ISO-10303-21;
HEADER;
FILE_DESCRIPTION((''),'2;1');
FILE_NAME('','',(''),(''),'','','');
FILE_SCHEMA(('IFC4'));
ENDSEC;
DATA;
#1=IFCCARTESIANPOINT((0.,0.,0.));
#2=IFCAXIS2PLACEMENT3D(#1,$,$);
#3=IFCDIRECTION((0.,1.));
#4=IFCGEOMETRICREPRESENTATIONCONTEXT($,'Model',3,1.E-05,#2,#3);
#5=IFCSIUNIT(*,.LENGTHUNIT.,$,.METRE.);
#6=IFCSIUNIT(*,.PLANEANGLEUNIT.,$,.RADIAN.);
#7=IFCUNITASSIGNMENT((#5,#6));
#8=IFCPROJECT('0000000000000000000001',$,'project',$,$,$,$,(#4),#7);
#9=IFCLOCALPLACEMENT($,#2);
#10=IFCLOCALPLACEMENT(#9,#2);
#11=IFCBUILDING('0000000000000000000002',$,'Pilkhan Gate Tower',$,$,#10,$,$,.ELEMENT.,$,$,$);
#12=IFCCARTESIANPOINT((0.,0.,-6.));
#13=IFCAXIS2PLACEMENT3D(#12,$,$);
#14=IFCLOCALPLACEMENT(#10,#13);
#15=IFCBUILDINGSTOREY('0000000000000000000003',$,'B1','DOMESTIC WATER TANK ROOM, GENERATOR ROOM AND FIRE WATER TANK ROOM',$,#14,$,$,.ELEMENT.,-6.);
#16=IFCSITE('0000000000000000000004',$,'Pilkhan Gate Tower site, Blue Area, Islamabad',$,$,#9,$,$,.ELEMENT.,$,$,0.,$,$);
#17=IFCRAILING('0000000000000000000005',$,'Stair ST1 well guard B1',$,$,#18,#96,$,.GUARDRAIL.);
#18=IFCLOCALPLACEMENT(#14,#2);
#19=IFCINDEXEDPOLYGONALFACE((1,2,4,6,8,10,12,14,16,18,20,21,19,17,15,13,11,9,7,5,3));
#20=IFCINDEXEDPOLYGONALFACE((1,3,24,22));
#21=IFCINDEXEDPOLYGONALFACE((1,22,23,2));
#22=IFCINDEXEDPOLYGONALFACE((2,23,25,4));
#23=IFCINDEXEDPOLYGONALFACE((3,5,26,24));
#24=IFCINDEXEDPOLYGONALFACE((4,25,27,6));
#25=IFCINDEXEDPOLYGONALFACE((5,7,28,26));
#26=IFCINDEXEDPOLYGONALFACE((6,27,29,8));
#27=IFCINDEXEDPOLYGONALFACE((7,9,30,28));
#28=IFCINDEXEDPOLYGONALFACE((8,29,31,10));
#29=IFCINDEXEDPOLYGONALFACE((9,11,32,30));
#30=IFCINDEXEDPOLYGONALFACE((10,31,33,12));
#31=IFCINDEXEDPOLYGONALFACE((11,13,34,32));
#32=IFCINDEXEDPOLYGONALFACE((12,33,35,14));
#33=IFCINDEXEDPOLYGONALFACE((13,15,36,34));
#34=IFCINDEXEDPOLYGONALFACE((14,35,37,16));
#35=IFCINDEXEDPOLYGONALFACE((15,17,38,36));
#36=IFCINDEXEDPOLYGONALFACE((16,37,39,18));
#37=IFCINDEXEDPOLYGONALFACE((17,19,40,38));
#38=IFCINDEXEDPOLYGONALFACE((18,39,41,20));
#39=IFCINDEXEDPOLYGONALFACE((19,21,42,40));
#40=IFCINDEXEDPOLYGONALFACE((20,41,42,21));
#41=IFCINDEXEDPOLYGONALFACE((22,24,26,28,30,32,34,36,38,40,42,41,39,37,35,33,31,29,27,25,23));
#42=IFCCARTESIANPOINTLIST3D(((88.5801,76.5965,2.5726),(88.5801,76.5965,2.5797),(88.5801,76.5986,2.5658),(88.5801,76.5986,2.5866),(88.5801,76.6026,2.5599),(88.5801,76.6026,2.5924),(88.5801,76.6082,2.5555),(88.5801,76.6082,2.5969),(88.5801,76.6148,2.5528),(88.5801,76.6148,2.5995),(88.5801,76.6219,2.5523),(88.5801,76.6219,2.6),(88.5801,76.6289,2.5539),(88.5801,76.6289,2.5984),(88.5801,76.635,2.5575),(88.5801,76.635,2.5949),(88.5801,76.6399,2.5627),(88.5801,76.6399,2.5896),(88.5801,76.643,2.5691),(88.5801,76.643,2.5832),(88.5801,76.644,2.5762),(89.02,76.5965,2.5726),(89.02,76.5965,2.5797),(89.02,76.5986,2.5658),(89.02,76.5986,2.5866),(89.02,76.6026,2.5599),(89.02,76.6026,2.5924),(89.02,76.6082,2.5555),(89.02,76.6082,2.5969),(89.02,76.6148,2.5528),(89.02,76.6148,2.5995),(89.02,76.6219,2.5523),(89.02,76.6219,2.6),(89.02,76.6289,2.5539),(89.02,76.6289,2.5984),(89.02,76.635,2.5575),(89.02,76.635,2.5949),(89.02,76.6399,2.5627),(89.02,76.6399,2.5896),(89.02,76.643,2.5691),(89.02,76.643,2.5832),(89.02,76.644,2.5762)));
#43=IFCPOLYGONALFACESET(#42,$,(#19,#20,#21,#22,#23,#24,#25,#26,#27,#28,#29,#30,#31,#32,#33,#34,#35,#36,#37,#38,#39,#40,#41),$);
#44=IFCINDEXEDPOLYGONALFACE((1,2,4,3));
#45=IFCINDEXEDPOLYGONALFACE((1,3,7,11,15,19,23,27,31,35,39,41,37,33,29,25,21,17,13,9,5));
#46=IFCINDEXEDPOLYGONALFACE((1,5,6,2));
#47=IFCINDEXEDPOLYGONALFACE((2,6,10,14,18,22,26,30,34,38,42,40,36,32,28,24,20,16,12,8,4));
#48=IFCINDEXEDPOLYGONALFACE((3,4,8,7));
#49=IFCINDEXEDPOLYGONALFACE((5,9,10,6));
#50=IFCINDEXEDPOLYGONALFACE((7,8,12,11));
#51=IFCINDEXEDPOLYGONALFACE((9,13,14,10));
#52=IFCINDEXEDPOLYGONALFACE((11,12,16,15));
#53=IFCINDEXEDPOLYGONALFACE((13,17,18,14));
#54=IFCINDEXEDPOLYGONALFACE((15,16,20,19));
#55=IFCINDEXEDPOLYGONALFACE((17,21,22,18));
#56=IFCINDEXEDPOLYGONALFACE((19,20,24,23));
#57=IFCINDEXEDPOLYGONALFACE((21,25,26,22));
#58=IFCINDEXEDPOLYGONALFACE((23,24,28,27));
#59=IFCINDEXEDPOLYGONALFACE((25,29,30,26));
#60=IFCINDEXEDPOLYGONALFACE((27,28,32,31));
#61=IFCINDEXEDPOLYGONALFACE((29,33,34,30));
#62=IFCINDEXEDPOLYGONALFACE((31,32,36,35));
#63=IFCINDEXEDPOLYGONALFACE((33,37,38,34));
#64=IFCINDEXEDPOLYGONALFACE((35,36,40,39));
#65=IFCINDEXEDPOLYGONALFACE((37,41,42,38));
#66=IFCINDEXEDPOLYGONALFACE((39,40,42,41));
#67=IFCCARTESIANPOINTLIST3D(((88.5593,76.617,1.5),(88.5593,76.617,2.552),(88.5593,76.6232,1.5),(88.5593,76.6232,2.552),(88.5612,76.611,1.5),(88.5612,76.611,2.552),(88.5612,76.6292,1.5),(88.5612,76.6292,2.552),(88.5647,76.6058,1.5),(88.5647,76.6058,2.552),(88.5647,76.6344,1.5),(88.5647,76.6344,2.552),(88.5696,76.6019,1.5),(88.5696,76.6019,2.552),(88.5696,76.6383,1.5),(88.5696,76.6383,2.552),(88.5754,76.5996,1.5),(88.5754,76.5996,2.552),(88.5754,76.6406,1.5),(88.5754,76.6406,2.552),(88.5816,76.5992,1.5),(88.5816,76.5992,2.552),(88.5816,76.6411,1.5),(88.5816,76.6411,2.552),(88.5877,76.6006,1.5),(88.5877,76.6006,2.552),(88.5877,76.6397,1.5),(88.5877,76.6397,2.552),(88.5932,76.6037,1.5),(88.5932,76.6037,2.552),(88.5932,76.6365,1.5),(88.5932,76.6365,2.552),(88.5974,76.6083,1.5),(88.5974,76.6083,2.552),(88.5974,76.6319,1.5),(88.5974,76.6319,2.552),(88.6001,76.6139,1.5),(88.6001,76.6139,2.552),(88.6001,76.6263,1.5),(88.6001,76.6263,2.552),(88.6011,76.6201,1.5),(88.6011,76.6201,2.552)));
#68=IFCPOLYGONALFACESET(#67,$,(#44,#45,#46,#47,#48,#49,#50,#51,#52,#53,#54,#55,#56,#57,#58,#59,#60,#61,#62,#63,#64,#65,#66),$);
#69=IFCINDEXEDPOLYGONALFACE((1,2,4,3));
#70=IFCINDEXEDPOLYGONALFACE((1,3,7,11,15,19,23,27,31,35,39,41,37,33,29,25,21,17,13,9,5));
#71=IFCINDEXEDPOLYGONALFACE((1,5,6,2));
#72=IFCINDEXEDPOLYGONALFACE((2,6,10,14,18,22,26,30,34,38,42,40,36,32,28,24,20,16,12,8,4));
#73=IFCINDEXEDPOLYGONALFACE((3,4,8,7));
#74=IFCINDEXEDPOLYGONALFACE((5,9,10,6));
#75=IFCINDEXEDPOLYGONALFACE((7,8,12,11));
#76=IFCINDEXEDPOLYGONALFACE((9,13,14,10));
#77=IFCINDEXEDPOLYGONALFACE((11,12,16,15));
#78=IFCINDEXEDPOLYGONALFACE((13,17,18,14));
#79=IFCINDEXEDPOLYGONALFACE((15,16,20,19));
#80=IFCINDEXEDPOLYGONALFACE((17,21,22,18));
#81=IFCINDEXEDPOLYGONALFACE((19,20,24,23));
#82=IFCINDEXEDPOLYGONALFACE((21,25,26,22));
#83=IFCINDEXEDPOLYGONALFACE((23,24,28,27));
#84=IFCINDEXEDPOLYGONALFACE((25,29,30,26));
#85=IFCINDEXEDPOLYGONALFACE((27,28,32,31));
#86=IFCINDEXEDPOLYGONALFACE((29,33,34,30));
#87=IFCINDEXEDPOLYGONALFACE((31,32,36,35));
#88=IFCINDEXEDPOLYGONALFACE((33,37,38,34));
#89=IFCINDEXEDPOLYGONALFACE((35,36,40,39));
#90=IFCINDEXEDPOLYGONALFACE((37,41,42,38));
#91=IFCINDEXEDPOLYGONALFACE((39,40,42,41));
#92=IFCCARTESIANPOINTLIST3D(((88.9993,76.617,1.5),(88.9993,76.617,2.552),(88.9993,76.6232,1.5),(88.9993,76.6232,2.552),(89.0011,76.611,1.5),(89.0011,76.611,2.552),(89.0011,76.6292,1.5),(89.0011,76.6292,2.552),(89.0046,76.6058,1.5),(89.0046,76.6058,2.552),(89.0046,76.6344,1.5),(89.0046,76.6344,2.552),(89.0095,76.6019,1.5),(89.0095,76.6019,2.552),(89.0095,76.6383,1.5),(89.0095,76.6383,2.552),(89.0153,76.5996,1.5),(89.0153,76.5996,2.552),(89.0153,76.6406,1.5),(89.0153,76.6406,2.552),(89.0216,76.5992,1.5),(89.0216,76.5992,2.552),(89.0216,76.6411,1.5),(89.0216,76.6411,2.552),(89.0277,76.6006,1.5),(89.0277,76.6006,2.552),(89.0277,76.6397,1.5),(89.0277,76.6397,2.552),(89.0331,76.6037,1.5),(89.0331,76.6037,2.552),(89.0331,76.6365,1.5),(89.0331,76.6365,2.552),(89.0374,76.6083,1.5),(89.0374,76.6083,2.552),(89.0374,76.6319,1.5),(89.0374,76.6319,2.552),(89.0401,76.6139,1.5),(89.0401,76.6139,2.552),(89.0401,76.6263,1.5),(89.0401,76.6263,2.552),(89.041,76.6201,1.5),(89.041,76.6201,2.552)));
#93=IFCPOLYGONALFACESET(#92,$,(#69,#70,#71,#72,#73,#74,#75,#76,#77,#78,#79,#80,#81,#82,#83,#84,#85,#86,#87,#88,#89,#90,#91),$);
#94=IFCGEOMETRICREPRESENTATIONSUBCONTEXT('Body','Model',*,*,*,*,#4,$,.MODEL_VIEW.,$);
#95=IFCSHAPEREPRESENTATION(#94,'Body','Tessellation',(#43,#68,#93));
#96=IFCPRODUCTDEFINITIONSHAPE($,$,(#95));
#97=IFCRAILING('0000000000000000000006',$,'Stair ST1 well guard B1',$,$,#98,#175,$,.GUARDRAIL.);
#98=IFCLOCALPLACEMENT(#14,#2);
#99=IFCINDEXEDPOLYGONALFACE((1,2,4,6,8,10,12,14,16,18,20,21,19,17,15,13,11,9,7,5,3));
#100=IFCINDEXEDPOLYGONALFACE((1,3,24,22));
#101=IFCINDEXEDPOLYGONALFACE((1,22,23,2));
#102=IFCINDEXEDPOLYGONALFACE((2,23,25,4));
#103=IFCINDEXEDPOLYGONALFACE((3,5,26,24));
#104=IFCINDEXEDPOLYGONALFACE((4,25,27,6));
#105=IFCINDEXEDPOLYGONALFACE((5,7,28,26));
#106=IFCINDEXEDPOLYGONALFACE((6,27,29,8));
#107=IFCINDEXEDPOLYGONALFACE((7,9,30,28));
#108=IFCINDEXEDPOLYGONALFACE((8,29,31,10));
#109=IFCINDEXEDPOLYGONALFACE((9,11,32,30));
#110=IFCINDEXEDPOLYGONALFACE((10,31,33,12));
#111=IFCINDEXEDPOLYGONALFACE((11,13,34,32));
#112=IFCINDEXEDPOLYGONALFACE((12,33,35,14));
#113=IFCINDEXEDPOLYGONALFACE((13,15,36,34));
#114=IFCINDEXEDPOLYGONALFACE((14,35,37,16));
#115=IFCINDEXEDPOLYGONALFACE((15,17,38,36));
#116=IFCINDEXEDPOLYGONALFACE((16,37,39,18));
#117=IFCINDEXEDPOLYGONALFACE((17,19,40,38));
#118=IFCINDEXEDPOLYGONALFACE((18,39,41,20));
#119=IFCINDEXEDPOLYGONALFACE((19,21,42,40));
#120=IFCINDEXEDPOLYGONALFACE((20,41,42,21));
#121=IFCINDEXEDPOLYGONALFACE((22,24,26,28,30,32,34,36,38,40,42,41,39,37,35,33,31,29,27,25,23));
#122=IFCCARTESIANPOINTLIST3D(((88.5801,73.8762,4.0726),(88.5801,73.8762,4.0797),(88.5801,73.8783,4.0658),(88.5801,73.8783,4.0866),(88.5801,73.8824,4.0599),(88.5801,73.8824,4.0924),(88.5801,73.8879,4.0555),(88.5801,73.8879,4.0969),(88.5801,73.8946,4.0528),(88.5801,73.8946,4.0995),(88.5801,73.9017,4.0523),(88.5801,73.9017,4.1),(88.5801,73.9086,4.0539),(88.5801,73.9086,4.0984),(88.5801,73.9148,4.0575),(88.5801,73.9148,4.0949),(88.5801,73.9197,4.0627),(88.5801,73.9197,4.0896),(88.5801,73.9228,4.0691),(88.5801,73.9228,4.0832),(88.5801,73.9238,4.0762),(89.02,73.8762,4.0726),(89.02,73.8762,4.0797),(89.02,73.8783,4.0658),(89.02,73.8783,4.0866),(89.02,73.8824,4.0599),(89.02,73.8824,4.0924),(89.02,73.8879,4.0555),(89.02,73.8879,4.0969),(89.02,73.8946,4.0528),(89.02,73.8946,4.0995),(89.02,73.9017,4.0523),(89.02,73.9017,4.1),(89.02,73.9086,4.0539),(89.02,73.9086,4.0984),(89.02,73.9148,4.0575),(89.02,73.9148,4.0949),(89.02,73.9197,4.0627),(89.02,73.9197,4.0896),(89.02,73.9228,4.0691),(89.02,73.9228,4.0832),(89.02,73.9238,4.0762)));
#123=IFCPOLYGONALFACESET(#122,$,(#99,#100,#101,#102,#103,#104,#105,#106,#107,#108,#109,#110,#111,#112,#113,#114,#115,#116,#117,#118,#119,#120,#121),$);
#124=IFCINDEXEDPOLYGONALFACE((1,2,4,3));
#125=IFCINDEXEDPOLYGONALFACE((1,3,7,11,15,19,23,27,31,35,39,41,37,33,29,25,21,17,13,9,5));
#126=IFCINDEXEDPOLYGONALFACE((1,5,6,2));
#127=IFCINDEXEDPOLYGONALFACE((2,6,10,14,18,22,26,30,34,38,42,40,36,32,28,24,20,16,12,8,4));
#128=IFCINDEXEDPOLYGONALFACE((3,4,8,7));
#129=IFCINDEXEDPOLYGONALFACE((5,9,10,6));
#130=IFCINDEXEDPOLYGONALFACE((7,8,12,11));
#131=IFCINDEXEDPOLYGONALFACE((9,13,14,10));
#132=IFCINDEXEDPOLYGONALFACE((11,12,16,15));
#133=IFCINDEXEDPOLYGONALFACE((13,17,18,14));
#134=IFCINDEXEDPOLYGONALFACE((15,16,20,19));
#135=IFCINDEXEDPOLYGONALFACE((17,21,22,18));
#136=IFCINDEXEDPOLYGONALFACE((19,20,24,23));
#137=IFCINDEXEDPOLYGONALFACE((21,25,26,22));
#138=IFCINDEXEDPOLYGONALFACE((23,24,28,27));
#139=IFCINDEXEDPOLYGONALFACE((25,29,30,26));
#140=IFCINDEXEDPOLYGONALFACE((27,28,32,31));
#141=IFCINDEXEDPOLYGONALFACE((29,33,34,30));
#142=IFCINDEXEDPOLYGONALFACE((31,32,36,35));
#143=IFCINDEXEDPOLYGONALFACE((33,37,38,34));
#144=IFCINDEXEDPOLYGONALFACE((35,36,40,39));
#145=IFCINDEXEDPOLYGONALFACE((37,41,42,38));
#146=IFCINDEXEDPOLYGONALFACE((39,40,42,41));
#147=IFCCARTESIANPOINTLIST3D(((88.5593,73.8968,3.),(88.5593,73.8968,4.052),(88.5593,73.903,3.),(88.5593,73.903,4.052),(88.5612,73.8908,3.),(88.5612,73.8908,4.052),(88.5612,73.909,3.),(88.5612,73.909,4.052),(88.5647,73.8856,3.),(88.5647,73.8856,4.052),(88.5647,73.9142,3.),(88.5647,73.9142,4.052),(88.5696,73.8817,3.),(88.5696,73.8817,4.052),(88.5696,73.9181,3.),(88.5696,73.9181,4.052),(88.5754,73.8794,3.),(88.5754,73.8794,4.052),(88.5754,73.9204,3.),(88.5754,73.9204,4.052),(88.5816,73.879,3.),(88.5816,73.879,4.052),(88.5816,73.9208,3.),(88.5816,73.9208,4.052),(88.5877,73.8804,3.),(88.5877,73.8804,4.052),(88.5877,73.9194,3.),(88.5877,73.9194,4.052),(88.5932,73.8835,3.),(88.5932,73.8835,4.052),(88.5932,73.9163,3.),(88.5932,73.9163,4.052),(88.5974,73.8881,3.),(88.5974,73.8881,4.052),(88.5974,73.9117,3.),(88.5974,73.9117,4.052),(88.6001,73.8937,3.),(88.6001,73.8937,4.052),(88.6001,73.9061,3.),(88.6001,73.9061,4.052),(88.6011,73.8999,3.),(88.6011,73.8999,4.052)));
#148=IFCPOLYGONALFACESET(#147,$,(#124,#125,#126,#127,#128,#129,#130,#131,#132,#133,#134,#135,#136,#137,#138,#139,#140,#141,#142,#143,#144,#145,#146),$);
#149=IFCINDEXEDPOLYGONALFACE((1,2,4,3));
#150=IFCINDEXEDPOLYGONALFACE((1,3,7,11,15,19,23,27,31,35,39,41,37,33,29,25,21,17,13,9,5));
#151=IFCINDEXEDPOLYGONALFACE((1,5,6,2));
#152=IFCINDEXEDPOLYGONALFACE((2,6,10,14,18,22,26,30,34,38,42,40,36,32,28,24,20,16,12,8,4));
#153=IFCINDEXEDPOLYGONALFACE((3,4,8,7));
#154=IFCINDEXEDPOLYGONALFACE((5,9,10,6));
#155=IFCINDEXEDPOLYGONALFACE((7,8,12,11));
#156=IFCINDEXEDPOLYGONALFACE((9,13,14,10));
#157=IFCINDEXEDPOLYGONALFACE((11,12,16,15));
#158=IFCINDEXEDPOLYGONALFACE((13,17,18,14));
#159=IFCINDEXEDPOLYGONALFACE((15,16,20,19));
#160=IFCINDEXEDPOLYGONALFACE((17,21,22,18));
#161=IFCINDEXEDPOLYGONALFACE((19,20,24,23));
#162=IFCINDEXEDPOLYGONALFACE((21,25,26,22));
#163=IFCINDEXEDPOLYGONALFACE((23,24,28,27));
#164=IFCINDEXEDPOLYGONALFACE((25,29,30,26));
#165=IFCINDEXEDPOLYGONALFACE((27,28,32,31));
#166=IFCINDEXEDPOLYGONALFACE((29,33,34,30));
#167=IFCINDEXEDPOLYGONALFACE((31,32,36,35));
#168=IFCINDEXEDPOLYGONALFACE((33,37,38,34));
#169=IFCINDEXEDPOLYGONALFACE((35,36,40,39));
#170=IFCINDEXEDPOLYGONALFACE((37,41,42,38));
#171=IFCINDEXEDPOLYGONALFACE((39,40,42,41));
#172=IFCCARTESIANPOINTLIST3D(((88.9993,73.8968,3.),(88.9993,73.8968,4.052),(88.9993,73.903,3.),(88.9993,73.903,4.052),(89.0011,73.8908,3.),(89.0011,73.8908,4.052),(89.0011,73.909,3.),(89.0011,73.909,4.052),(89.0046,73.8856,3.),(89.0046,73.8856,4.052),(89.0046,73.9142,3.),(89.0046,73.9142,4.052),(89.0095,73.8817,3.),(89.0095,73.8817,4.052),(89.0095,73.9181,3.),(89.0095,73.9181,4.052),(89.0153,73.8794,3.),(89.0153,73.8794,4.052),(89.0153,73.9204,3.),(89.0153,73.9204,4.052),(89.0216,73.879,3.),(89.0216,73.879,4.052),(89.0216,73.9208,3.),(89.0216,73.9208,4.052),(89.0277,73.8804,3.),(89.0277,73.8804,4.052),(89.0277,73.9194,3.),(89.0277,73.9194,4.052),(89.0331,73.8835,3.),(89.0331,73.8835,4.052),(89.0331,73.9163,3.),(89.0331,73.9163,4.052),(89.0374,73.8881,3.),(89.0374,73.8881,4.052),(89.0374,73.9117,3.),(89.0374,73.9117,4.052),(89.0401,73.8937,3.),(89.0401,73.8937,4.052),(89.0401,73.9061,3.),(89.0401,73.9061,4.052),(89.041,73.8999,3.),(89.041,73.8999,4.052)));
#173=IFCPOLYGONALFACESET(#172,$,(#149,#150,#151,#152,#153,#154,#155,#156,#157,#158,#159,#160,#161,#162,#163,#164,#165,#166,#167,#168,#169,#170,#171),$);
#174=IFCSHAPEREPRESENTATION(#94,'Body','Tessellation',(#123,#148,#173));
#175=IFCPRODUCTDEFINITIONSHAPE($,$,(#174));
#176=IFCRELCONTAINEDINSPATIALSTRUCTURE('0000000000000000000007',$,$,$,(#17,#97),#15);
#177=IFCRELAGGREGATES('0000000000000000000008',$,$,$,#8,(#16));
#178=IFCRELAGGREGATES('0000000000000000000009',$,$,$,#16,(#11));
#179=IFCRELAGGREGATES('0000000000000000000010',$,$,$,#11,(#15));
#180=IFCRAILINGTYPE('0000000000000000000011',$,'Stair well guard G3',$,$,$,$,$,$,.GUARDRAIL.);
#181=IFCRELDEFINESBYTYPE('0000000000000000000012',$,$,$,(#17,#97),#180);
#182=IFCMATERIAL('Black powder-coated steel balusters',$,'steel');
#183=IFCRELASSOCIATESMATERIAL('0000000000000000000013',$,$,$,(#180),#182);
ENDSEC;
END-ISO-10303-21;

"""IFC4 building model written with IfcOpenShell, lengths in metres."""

from ifc_helpers import new_model, si_unit, direction, frame, origin, origin_2d, place, context, subcontext, project, spatial, circle, extrude, material, type_object, element, save


model = new_model("IFC4")

# Units and contexts
model_context = context("Model", 3, precision=1e-05, world=origin(), true_north=direction((0.0, 1.0)))
body_context = subcontext(model_context, "Body", "Model", "MODEL_VIEW")
ifc_project = project(units=[si_unit("LENGTHUNIT", "METRE"), si_unit("PLANEANGLEUNIT", "RADIAN")], contexts=[model_context])

# Site, building, storey
site_placement = place(None, origin())
site = spatial("IfcSite", under=ifc_project, at=site_placement, Name="Pilkhan Gate Tower site, Blue Area, Islamabad", CompositionType="ELEMENT", RefElevation=0.0)
building_placement = place(site_placement, origin())
building = spatial("IfcBuilding", under=site, at=building_placement, Name="Pilkhan Gate Tower", CompositionType="ELEMENT")
storey_placement = place(building_placement, frame((0.0, 0.0, -6.0)))
storey = spatial("IfcBuildingStorey", under=building, at=storey_placement, Name="B1", Description="DOMESTIC WATER TANK ROOM, GENERATOR ROOM AND FIRE WATER TANK ROOM", CompositionType="ELEMENT", Elevation=-6.0)

# Railings
ifc_material_1 = material(Name="Black powder-coated steel balusters", Category="steel")
railing_type_1 = type_object("IfcRailingType", Name="Stair well guard G3", PredefinedType="GUARDRAIL", material=ifc_material_1)
for number, where, name in (
    (1, (88.5801, 76.6201, 1.5), "Stair ST1 well guard B1"),
    (2, (88.5801, 73.8999, 3.0), "Stair ST1 well guard B1"),
):
    element("IfcRailing", number, at=place(storey_placement, frame(where)), inside=storey, type_object=railing_type_1, Name=name, PredefinedType="GUARDRAIL", context=body_context, shape_type="SweptSolid", body=[
        extrude(circle(Radius=0.0239, at=origin_2d()), frame((0.0, 0.0, 1.0762), z_axis=(1.0, 0.0, 0.0), x_axis=(0.0, 1.0, 0.0)), (0.0, 0.0, 1.0), 0.4399),
        extrude(circle(Radius=0.021, at=origin_2d()), origin(), (0.0, 0.0, 1.0), 1.052),
        extrude(circle(Radius=0.021, at=origin_2d()), frame((0.4399, 0.0, 0.0)), (0.0, 0.0, 1.0), 1.052),
    ])

save(model, "model.ifc")
